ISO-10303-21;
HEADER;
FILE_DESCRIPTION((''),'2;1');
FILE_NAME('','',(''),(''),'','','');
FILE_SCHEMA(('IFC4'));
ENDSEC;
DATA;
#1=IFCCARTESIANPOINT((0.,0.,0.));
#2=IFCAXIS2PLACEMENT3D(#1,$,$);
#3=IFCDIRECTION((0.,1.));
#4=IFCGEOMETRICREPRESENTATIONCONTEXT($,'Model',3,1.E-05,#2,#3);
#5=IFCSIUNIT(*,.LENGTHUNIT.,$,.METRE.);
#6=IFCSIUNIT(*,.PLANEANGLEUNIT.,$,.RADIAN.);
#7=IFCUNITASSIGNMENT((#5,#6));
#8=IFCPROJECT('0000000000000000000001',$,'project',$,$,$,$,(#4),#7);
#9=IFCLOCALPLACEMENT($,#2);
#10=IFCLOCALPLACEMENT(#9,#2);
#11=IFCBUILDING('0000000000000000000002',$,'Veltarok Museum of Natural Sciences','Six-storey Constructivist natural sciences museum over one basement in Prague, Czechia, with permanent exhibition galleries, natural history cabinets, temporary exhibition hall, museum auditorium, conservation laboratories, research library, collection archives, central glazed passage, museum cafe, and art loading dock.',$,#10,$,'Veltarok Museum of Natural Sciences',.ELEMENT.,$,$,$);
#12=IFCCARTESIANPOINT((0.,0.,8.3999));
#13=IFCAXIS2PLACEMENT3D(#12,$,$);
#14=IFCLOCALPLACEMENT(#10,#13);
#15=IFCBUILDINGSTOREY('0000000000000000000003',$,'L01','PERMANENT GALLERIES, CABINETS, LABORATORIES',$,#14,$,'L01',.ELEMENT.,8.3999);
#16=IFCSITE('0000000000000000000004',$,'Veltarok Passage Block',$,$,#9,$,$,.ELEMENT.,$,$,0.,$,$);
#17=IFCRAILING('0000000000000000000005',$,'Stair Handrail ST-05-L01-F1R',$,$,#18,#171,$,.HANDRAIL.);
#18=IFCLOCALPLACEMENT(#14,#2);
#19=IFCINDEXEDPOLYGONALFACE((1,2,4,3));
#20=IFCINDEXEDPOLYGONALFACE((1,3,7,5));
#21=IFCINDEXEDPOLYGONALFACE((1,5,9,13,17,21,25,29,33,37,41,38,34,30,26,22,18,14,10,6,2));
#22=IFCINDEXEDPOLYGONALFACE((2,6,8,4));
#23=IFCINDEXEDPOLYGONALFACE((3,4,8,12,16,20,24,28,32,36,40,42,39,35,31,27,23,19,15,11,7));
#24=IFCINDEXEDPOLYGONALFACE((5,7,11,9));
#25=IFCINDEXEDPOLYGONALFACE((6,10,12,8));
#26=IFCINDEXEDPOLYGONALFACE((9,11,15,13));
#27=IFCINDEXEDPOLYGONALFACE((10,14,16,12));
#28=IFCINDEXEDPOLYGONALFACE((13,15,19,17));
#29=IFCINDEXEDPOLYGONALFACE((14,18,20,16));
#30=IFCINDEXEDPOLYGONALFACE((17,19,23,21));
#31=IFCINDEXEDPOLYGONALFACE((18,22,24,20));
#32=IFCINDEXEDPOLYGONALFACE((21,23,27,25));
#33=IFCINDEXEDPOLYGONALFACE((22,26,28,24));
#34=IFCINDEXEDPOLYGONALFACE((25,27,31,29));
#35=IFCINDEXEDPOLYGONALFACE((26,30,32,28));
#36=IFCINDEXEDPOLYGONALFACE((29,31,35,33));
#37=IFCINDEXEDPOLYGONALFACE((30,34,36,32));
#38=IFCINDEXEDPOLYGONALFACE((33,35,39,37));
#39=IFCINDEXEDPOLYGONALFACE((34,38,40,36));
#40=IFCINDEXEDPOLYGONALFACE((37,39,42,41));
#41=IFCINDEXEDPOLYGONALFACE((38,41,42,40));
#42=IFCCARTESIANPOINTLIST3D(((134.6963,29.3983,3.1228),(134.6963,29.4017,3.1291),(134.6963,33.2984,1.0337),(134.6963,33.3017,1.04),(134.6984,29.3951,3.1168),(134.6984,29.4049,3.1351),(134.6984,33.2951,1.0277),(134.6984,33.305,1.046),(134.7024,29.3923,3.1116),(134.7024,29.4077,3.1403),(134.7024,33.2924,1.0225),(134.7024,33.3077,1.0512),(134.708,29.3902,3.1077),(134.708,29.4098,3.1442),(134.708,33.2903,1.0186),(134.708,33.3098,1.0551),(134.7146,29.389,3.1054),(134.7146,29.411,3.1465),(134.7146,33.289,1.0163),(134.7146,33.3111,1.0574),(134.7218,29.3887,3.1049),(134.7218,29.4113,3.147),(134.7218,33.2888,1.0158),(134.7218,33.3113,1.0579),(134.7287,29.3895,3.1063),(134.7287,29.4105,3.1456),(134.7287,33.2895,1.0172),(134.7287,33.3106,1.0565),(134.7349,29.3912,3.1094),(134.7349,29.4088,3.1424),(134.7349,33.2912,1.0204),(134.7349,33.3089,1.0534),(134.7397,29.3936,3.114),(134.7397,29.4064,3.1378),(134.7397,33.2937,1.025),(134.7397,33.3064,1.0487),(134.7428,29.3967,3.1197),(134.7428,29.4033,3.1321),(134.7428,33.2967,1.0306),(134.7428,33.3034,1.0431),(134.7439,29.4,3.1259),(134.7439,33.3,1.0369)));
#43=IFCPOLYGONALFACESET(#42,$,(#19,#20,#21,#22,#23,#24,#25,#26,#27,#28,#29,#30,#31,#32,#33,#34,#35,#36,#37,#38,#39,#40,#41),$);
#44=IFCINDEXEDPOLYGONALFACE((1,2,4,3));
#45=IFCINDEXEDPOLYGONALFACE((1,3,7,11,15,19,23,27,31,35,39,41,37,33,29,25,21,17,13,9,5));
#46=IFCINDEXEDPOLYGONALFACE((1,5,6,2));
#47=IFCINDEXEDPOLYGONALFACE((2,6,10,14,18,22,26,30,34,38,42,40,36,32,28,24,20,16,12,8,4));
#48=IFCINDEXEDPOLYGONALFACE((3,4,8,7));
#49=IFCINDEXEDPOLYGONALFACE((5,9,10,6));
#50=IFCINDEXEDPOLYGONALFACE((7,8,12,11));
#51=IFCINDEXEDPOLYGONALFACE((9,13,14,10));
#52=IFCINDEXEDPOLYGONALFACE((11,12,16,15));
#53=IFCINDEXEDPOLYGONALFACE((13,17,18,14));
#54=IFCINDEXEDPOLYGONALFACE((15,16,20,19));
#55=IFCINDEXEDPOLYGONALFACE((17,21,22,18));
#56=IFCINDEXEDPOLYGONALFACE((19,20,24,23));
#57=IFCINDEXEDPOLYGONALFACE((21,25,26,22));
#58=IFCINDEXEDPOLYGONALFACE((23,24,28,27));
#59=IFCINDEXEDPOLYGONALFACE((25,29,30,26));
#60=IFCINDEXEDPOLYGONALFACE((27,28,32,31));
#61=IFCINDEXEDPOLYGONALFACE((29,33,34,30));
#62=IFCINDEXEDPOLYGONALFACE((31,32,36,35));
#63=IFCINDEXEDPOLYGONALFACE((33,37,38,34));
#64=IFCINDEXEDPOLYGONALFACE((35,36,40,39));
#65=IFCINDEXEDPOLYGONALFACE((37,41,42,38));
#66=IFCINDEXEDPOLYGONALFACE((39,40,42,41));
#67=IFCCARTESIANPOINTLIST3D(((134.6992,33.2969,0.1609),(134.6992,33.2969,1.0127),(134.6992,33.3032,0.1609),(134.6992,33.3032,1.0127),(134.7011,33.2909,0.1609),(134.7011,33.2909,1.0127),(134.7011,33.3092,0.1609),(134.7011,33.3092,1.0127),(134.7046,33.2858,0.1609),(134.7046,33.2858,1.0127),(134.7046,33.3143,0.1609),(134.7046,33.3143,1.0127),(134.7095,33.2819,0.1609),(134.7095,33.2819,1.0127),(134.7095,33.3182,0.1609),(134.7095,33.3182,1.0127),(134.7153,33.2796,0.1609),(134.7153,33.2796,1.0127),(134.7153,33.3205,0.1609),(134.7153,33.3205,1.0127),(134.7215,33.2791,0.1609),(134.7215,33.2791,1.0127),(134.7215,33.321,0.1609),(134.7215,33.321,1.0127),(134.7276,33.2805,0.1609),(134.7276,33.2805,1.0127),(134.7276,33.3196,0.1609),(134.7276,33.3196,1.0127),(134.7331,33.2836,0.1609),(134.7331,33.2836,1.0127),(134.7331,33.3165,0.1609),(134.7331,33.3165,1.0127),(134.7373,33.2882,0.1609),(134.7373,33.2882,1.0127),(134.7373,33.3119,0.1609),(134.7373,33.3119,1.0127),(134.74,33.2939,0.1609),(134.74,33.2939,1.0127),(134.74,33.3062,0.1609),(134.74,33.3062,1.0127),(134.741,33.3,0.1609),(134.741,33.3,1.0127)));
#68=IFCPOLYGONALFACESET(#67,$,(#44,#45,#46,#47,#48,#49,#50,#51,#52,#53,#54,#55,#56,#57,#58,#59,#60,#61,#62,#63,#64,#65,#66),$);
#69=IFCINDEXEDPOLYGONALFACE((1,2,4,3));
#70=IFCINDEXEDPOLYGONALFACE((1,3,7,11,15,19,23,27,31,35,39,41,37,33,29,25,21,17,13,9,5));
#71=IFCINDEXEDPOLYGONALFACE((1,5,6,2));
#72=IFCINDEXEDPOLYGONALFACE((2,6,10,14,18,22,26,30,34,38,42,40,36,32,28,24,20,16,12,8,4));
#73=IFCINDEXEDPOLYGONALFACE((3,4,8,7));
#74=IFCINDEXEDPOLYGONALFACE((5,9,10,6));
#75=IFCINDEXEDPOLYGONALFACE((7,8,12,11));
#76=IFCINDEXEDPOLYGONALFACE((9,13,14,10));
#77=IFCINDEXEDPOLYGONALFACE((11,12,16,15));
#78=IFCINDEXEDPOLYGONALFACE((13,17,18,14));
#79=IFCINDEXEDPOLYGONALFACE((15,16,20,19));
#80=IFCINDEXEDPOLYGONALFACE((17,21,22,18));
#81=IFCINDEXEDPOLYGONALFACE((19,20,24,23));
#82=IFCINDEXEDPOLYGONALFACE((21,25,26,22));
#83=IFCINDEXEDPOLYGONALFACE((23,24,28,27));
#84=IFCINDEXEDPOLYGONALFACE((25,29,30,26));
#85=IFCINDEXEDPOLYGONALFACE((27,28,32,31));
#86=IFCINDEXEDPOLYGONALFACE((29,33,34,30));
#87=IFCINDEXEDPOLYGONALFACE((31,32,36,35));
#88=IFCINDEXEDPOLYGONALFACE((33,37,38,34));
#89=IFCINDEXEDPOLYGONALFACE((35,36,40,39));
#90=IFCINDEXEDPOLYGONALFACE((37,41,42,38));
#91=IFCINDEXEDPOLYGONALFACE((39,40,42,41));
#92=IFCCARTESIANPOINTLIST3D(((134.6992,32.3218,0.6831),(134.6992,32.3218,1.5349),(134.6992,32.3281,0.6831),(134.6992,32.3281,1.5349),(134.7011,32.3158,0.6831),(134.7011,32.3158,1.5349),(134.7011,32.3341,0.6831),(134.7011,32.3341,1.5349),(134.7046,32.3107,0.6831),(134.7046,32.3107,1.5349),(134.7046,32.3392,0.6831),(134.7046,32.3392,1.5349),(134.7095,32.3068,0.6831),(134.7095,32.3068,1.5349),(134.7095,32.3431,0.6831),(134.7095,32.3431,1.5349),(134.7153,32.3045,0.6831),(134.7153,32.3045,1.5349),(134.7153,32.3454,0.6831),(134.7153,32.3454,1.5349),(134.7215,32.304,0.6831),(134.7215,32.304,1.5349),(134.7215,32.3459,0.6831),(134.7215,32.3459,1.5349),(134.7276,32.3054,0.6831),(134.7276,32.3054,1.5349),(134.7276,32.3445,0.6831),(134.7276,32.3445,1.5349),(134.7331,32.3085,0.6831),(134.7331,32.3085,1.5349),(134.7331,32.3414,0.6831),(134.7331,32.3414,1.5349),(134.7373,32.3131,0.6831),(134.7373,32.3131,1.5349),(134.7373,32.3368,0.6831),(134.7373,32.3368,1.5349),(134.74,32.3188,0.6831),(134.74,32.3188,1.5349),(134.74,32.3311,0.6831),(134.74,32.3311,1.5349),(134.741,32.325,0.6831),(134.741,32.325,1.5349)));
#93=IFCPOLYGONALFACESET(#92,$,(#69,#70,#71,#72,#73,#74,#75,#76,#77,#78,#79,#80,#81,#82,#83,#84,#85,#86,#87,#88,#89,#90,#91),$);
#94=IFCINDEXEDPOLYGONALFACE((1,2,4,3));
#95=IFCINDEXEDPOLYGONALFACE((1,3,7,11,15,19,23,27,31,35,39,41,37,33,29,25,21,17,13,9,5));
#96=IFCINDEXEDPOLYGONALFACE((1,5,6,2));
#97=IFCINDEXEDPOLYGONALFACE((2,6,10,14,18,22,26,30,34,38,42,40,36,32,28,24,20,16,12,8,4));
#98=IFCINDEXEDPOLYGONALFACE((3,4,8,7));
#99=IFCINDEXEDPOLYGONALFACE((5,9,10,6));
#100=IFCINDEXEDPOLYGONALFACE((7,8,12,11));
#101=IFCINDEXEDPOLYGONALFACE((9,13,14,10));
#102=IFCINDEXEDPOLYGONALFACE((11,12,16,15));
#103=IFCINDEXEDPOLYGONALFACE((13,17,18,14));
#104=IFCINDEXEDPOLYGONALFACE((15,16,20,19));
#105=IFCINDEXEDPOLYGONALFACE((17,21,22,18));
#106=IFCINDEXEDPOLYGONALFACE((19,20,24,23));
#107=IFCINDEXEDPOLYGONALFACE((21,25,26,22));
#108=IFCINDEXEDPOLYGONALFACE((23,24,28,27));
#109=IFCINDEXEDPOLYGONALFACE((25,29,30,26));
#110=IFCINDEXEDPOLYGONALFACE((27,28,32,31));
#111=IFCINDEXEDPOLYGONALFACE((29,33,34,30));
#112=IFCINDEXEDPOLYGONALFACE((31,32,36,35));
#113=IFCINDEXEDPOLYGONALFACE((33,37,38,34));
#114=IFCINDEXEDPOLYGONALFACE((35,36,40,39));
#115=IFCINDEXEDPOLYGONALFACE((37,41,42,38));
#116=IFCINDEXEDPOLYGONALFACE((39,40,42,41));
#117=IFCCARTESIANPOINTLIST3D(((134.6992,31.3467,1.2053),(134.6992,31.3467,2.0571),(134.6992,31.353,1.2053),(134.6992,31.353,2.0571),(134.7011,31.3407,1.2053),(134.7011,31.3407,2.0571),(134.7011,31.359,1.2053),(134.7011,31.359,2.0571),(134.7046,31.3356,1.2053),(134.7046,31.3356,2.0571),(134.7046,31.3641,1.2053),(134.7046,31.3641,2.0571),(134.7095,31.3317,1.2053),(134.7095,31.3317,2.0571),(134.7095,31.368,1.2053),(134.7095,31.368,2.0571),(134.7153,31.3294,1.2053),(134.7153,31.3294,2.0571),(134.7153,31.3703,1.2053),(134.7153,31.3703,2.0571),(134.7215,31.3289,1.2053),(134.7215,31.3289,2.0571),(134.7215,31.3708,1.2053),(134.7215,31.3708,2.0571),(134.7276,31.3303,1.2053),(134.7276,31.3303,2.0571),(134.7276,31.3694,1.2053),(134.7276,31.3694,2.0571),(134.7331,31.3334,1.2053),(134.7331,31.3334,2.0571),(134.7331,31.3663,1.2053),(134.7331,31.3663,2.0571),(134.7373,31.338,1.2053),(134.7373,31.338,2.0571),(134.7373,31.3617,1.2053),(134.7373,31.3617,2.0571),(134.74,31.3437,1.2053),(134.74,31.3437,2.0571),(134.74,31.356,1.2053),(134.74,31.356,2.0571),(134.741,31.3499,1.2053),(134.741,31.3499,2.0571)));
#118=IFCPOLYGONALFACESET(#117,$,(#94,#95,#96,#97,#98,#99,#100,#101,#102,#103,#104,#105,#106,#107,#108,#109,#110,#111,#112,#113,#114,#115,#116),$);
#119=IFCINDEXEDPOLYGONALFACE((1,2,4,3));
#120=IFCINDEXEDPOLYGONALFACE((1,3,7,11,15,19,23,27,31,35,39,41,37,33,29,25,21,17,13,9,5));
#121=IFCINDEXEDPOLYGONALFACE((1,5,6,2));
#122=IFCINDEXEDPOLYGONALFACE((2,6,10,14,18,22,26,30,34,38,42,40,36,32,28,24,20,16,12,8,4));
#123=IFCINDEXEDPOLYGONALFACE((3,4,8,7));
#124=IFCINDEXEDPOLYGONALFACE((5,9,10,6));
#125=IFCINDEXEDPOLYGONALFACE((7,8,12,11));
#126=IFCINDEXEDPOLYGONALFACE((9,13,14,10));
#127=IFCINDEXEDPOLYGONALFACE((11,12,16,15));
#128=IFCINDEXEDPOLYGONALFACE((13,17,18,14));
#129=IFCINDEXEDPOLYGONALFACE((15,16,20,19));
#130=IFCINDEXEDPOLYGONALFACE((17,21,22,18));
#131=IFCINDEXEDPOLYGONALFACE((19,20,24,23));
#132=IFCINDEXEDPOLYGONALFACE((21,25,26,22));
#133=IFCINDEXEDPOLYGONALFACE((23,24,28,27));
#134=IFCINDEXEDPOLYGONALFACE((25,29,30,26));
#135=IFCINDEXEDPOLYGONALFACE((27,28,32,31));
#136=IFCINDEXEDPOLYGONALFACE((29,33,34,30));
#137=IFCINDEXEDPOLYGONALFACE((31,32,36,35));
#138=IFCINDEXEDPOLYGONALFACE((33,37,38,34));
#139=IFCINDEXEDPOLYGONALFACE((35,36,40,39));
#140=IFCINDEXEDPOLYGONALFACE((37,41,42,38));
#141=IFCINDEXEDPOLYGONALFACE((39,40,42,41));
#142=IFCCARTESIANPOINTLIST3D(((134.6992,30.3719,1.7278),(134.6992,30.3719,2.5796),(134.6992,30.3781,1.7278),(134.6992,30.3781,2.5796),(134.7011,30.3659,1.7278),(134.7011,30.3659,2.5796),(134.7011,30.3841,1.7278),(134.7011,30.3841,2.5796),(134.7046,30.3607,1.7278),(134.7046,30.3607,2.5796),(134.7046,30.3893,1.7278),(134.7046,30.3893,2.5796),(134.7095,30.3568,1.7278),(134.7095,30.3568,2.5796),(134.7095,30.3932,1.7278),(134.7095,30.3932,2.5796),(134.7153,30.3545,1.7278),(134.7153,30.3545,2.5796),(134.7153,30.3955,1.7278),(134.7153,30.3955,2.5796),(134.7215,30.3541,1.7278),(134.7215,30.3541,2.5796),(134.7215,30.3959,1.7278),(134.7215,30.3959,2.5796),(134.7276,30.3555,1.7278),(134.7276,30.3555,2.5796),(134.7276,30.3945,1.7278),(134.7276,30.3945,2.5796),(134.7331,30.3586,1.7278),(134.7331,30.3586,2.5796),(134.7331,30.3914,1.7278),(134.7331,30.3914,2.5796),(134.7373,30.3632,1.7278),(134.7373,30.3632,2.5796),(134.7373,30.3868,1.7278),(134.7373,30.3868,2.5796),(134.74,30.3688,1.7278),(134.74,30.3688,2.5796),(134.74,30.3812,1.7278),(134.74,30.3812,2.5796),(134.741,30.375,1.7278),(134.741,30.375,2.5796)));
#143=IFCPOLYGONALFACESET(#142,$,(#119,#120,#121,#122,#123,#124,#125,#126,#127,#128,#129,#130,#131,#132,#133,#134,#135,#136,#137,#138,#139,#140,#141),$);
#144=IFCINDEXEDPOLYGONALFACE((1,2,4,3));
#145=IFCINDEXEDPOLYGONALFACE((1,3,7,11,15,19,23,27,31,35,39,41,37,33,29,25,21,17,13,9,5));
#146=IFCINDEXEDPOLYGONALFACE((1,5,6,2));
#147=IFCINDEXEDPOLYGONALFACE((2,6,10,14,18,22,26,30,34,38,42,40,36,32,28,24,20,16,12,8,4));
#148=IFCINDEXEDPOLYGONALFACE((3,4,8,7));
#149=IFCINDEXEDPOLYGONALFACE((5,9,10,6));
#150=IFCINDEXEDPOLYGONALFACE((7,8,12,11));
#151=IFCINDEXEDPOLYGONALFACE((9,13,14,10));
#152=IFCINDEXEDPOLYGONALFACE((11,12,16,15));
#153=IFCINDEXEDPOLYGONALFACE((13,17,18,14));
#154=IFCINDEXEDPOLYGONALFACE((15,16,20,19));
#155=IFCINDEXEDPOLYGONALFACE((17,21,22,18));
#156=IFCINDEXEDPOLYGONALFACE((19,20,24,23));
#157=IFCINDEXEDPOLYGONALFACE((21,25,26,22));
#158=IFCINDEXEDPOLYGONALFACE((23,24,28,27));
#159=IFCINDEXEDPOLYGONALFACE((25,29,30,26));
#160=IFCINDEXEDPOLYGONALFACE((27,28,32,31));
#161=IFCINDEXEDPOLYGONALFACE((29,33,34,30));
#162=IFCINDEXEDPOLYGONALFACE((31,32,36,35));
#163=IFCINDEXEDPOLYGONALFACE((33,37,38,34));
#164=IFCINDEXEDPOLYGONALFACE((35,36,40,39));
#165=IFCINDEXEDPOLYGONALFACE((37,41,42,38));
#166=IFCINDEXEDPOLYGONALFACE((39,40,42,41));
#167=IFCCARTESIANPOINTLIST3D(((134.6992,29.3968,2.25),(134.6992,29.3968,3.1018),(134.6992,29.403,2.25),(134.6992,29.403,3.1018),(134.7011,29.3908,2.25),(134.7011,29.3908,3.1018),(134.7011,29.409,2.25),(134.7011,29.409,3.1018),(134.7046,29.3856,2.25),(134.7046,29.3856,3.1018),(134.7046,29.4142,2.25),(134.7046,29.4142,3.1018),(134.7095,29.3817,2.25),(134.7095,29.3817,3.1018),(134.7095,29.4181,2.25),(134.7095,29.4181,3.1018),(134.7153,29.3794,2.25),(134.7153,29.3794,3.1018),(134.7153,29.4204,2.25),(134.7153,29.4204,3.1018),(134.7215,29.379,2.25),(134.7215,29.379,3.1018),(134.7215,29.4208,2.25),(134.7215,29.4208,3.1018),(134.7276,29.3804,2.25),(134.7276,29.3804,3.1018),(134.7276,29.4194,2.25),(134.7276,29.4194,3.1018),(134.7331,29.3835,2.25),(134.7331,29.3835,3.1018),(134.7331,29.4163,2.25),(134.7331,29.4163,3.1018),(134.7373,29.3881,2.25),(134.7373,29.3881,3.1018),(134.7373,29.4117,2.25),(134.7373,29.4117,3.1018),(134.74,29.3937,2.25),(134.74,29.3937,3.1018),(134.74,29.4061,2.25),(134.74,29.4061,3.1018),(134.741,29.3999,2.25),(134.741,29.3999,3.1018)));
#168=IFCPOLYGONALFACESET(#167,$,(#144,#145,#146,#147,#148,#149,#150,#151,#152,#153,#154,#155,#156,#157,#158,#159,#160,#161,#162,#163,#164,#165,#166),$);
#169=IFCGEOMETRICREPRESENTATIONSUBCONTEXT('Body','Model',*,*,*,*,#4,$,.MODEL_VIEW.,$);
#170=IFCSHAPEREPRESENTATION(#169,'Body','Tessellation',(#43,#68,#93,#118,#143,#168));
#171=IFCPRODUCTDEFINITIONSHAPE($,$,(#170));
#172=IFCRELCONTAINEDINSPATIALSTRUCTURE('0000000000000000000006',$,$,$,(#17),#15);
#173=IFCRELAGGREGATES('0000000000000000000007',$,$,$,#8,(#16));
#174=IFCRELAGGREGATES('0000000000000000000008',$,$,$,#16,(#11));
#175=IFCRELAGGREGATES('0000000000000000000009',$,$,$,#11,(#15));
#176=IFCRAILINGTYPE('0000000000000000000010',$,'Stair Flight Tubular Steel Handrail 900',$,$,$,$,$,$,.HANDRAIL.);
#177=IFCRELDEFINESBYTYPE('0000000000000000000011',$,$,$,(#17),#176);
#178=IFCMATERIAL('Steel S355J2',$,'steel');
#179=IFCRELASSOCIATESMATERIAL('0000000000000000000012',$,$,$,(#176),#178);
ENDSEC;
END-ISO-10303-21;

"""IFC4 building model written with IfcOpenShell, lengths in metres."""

from ifc_helpers import new_model, si_unit, direction, frame, origin, origin_2d, place, context, subcontext, project, spatial, circle, extrude, material, type_object, element, save


model = new_model("IFC4")

# Units and contexts
model_context = context("Model", 3, precision=1e-05, world=origin(), true_north=direction((0.0, 1.0)))
body_context = subcontext(model_context, "Body", "Model", "MODEL_VIEW")
ifc_project = project(units=[si_unit("LENGTHUNIT", "METRE"), si_unit("PLANEANGLEUNIT", "RADIAN")], contexts=[model_context])

# Site, building, storey
site_placement = place(None, origin())
site = spatial("IfcSite", under=ifc_project, at=site_placement, Name="Veltarok Passage Block", CompositionType="ELEMENT", RefElevation=0.0)
building_placement = place(site_placement, origin())
building = spatial("IfcBuilding", under=site, at=building_placement, Name="Veltarok Museum of Natural Sciences", Description="Six-storey Constructivist natural sciences museum over one basement in Prague, Czechia, with permanent exhibition galleries, natural history cabinets, temporary exhibition hall, museum auditorium, conservation laboratories, research library, collection archives, central glazed passage, museum cafe, and art loading dock.", LongName="Veltarok Museum of Natural Sciences", CompositionType="ELEMENT")
storey_placement = place(building_placement, frame((0.0, 0.0, 8.3999)))
storey = spatial("IfcBuildingStorey", under=building, at=storey_placement, Name="L01", Description="PERMANENT GALLERIES, CABINETS, LABORATORIES", LongName="L01", CompositionType="ELEMENT", Elevation=8.3999)

# Railing
ifc_material_1 = material(Name="Steel S355J2", Category="steel")
railing_type_1 = type_object("IfcRailingType", Name="Stair Flight Tubular Steel Handrail 900", PredefinedType="HANDRAIL", material=ifc_material_1)
for number, where, name in (
    (1, (134.72, 33.3, 0.1609), "Stair Handrail ST-05-L01-F1R"),
):
    element("IfcRailing", number, at=place(storey_placement, frame(where)), inside=storey, type_object=railing_type_1, Name=name, PredefinedType="HANDRAIL", context=body_context, shape_type="SweptSolid", body=[
        extrude(circle(Radius=0.0239, at=origin_2d()), frame((0.0, 0.0, 0.876), z_axis=(0.0, -0.881504, 0.472177), x_axis=(1.0, 0.0, 0.0)), (0.0, 0.0, 1.0), 4.4243),
        extrude(circle(Radius=0.021, at=origin_2d()), origin(), (0.0, 0.0, 1.0), 0.8518),
        extrude(circle(Radius=0.021, at=origin_2d()), frame((0.0, -0.9751, 0.5222)), (0.0, 0.0, 1.0), 0.8518),
        extrude(circle(Radius=0.021, at=origin_2d()), frame((0.0, -1.9502, 1.0444)), (0.0, 0.0, 1.0), 0.8518),
        extrude(circle(Radius=0.021, at=origin_2d()), frame((0.0, -2.925, 1.5669)), (0.0, 0.0, 1.0), 0.8518),
        extrude(circle(Radius=0.021, at=origin_2d()), frame((0.0, -3.9001, 2.0891)), (0.0, 0.0, 1.0), 0.8518),
    ])

save(model, "model.ifc")
